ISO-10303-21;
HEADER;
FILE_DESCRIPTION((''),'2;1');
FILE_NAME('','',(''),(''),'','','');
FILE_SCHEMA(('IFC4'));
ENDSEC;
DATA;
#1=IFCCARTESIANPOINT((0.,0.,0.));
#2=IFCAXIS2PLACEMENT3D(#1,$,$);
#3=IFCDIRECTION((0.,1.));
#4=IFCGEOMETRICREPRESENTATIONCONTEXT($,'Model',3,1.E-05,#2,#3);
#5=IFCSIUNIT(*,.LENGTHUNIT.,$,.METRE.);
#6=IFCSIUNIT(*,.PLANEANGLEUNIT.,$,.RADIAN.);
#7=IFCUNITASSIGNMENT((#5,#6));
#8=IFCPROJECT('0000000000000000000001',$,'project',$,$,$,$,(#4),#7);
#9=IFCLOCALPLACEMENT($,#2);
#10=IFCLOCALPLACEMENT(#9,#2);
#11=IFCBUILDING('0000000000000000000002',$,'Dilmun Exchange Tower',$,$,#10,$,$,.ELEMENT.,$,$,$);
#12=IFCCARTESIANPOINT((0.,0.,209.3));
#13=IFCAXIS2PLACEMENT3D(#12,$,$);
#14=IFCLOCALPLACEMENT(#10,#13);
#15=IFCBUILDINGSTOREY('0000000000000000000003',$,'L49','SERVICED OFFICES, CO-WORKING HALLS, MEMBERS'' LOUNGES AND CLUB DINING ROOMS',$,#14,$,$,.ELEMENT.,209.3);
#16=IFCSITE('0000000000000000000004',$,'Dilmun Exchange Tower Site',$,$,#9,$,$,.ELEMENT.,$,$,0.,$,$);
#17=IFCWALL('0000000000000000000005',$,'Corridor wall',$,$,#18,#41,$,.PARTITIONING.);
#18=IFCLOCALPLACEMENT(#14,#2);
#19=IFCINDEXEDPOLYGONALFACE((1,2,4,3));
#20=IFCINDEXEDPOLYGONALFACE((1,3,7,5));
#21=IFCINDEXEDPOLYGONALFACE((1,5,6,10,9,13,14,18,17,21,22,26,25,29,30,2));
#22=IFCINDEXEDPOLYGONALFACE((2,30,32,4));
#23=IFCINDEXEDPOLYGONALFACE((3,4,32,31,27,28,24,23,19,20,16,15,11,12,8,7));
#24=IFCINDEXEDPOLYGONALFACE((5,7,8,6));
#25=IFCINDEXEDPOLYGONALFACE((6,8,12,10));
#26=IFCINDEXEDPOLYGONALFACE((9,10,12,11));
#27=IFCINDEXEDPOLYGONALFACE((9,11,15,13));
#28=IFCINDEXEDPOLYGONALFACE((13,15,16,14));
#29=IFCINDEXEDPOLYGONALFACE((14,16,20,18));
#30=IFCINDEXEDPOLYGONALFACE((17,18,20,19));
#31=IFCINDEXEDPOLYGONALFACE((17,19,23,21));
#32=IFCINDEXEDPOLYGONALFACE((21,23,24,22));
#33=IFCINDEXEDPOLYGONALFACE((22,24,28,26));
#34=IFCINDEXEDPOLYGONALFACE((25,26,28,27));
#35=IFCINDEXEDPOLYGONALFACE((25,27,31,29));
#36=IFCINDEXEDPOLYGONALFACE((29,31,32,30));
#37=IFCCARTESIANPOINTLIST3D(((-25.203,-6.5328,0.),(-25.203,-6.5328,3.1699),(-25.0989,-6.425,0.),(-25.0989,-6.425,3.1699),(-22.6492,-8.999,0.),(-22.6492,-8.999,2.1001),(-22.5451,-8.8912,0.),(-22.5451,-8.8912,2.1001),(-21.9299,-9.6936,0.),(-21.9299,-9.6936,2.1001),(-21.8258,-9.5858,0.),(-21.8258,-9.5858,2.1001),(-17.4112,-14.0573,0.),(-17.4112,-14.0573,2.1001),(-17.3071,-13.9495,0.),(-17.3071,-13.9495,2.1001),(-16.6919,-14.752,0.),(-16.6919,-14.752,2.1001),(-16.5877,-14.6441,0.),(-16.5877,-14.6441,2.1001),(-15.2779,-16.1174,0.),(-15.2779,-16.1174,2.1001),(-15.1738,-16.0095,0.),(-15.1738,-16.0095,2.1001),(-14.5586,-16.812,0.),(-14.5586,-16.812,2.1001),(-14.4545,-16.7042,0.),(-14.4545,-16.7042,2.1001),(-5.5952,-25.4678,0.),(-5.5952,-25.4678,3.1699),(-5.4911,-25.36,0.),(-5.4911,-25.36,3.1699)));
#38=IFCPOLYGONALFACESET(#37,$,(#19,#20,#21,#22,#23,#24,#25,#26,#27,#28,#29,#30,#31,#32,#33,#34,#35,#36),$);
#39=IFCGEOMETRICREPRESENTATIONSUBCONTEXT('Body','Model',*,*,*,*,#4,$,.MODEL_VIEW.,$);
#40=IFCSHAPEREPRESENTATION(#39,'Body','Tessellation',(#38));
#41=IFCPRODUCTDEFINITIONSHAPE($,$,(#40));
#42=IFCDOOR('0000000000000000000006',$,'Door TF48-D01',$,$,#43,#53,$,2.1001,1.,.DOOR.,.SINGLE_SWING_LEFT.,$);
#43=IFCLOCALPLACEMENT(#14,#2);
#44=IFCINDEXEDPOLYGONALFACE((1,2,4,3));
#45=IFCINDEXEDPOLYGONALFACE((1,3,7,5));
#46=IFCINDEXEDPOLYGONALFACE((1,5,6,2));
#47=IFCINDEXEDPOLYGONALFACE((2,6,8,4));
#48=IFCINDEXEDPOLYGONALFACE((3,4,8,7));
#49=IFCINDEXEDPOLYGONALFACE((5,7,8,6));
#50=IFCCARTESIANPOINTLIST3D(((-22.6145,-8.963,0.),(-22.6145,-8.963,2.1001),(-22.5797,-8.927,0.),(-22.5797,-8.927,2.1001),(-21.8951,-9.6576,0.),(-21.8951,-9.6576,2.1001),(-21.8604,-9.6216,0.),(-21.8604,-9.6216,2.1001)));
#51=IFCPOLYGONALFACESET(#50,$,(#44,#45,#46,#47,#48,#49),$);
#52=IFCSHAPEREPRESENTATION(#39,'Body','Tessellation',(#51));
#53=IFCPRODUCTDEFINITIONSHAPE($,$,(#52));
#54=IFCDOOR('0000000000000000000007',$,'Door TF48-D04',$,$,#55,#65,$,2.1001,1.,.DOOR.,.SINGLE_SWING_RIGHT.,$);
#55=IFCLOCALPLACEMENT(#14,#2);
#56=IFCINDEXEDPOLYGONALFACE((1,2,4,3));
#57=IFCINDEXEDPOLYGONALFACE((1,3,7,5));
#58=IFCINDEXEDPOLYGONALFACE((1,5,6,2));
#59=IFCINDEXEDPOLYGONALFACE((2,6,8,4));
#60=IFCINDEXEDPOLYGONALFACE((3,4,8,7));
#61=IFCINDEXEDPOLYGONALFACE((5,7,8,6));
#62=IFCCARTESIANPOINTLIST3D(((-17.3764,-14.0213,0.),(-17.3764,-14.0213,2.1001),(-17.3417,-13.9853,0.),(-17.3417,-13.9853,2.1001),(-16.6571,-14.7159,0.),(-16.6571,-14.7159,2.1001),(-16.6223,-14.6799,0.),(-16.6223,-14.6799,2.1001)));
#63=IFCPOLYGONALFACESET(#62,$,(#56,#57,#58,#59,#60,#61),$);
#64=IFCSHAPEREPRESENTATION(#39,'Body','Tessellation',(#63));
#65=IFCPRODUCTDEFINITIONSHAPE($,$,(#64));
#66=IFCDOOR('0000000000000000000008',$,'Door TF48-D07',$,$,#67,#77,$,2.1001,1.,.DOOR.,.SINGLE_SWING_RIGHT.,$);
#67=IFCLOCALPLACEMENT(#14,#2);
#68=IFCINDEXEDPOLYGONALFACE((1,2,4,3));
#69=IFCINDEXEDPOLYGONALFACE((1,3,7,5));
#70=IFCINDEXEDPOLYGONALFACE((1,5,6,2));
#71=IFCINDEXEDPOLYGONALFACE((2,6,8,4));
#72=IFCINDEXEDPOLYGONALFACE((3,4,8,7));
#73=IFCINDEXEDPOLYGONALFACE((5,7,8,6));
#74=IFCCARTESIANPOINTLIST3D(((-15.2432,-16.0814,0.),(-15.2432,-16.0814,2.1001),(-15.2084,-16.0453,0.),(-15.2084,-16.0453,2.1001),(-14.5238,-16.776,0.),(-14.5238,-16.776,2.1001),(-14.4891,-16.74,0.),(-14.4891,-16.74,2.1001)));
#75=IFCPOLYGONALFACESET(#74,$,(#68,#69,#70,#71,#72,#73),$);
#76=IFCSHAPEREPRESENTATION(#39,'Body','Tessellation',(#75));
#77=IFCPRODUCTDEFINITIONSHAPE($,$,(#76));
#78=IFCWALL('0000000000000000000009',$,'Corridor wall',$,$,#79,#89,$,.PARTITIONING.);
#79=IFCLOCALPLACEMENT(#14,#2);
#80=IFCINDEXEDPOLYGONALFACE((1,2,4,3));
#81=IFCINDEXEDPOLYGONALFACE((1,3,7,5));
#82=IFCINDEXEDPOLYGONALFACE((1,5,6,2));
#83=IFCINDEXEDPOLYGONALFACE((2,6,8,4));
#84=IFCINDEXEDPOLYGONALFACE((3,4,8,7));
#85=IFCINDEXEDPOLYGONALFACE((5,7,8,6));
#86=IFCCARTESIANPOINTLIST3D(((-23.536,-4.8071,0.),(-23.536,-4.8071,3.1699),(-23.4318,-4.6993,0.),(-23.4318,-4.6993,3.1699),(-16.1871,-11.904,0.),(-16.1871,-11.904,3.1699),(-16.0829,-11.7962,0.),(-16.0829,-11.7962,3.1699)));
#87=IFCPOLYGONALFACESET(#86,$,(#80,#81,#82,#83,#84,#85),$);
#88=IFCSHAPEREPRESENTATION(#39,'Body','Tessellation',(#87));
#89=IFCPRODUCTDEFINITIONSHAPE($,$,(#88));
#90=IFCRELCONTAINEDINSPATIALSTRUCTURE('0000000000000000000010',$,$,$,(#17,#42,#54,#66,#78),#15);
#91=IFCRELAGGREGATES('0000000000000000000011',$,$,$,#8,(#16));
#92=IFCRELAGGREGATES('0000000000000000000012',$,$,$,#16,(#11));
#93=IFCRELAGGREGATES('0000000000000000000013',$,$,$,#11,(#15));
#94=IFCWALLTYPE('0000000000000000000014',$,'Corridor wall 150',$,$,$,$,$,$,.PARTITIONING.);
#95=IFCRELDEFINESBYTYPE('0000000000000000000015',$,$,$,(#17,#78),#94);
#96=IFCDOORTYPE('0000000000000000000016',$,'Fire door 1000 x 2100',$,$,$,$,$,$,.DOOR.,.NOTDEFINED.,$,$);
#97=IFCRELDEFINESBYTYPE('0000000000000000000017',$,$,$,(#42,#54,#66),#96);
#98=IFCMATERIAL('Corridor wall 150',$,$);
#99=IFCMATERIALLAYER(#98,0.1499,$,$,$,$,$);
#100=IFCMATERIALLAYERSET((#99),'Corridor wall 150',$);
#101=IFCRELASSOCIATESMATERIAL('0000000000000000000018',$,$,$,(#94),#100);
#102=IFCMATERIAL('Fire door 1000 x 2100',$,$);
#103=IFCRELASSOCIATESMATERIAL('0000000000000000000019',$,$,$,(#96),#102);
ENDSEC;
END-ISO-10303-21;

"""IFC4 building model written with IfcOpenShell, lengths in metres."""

from ifc_helpers import new_model, si_unit, direction, frame, frame_2d, origin, place, context, subcontext, project, spatial, rectangle, extrude, material, layer, layer_set, type_object, element, fill, save


model = new_model("IFC4")

# Units and contexts
model_context = context("Model", 3, precision=1e-05, world=origin(), true_north=direction((0.0, 1.0)))
body_context = subcontext(model_context, "Body", "Model", "MODEL_VIEW")
ifc_project = project(units=[si_unit("LENGTHUNIT", "METRE"), si_unit("PLANEANGLEUNIT", "RADIAN")], contexts=[model_context])

# Site, building, storey
site_placement = place(None, origin())
site = spatial("IfcSite", under=ifc_project, at=site_placement, Name="Dilmun Exchange Tower Site", CompositionType="ELEMENT", RefElevation=0.0)
building_placement = place(site_placement, origin())
building = spatial("IfcBuilding", under=site, at=building_placement, Name="Dilmun Exchange Tower", CompositionType="ELEMENT")
storey_placement = place(building_placement, frame((0.0, 0.0, 209.3)))
storey = spatial("IfcBuildingStorey", under=building, at=storey_placement, Name="L49", Description="SERVICED OFFICES, CO-WORKING HALLS, MEMBERS' LOUNGES AND CLUB DINING ROOMS", CompositionType="ELEMENT", Elevation=209.3)

# Shared definitions
ifc_material_1 = material(Name="Corridor wall 150")
ifc_layer = layer(ifc_material_1, 0.1499)
ifc_layer_set = layer_set([ifc_layer], Name="Corridor wall 150")
wall_type = type_object("IfcWallType", Name="Corridor wall 150", PredefinedType="PARTITIONING", material=ifc_layer_set)
ifc_material_2 = material(Name="Fire door 1000 x 2100")
door_type_1 = type_object("IfcDoorType", Name="Fire door 1000 x 2100", OperationType="NOTDEFINED", PredefinedType="DOOR", material=ifc_material_2)

# Wall, openings, doors
wall_1_placement = place(storey_placement, frame((-25.1509, -6.479, 0.0), z_axis=(0.0, 0.0, 1.0), x_axis=(0.719341, -0.694657, 0.0)))
wall_1 = element("IfcWall", 1, at=wall_1_placement, inside=storey, type_object=wall_type, Name="Corridor wall", PredefinedType="PARTITIONING", context=body_context, shape_type="SweptSolid", body=[
    extrude(rectangle(XDim=27.2581, YDim=0.1499, at=frame_2d((13.6289, 0.0))), origin(), (0.0, 0.0, 1.0), 3.1699),
])
opening_1_placement = place(wall_1_placement, frame((3.55, 0.0, 0.0)))
opening_1 = element("IfcOpeningElement", 2, at=opening_1_placement, cuts=wall_1, PredefinedType="OPENING", context=body_context, shape_type="SweptSolid", body=[
    extrude(rectangle(XDim=1.0, YDim=2.1001, at=frame_2d((0.5, 1.05))), frame((0.0, 0.085, 0.0), z_axis=(0.0, -1.0, 0.0), x_axis=(1.0, 0.0, 0.0)), (0.0, 0.0, 1.0), 0.1699),
])
opening_2_placement = place(wall_1_placement, frame((10.8318, 0.0, 0.0)))
opening_2 = element("IfcOpeningElement", 3, at=opening_2_placement, cuts=wall_1, PredefinedType="OPENING", context=body_context, shape_type="SweptSolid", body=[
    extrude(rectangle(XDim=1.0, YDim=2.1001, at=frame_2d((0.5, 1.05))), frame((0.0, 0.085, 0.0), z_axis=(0.0, -1.0, 0.0), x_axis=(1.0, 0.0, 0.0)), (0.0, 0.0, 1.0), 0.1699),
])
opening_3_placement = place(wall_1_placement, frame((13.7974, 0.0, 0.0)))
opening_3 = element("IfcOpeningElement", 4, at=opening_3_placement, cuts=wall_1, PredefinedType="OPENING", context=body_context, shape_type="SweptSolid", body=[
    extrude(rectangle(XDim=1.0, YDim=2.1001, at=frame_2d((0.5, 1.05))), frame((0.0, 0.085, 0.0), z_axis=(0.0, -1.0, 0.0), x_axis=(1.0, 0.0, 0.0)), (0.0, 0.0, 1.0), 0.1699),
])
door_1_placement = place(opening_1_placement, frame((1.0, 0.0, 0.0), z_axis=(0.0, 0.0, 1.0), x_axis=(-1.0, 0.0, 0.0)))
door_1 = element("IfcDoor", 5, at=door_1_placement, inside=storey, type_object=door_type_1, Name="Door TF48-D01", OperationType="SINGLE_SWING_LEFT", OverallHeight=2.1001, OverallWidth=1.0, PredefinedType="DOOR", context=body_context, shape_type="SweptSolid", body=[
    extrude(rectangle(XDim=1.0, YDim=2.1001, at=frame_2d((0.5, 1.05))), frame((0.0, 0.0249, 0.0), z_axis=(0.0, -1.0, 0.0), x_axis=(1.0, 0.0, 0.0)), (0.0, 0.0, 1.0), 0.05),
])
fill(opening_1, door_1)
door_2_placement = place(opening_2_placement, frame((1.0, 0.0, 0.0), z_axis=(0.0, 0.0, 1.0), x_axis=(-1.0, 0.0, 0.0)))
door_2 = element("IfcDoor", 6, at=door_2_placement, inside=storey, type_object=door_type_1, Name="Door TF48-D04", OperationType="SINGLE_SWING_RIGHT", OverallHeight=2.1001, OverallWidth=1.0, PredefinedType="DOOR", context=body_context, shape_type="SweptSolid", body=[
    extrude(rectangle(XDim=1.0, YDim=2.1001, at=frame_2d((0.5, 1.05))), frame((0.0, 0.0249, 0.0), z_axis=(0.0, -1.0, 0.0), x_axis=(1.0, 0.0, 0.0)), (0.0, 0.0, 1.0), 0.05),
])
fill(opening_2, door_2)
door_3_placement = place(opening_3_placement, frame((1.0, 0.0, 0.0), z_axis=(0.0, 0.0, 1.0), x_axis=(-1.0, 0.0, 0.0)))
door_3 = element("IfcDoor", 7, at=door_3_placement, inside=storey, type_object=door_type_1, Name="Door TF48-D07", OperationType="SINGLE_SWING_RIGHT", OverallHeight=2.1001, OverallWidth=1.0, PredefinedType="DOOR", context=body_context, shape_type="SweptSolid", body=[
    extrude(rectangle(XDim=1.0, YDim=2.1001, at=frame_2d((0.5, 1.05))), frame((0.0, 0.0249, 0.0), z_axis=(0.0, -1.0, 0.0), x_axis=(1.0, 0.0, 0.0)), (0.0, 0.0, 1.0), 0.05),
])
fill(opening_3, door_3)

# Wall
wall_2_placement = place(storey_placement, frame((-23.4839, -4.7532, 0.0), z_axis=(0.0, 0.0, 1.0), x_axis=(0.71933, -0.694668, 0.0)))
element("IfcWall", 8, at=wall_2_placement, inside=storey, type_object=wall_type, Name="Corridor wall", PredefinedType="PARTITIONING", context=body_context, shape_type="SweptSolid", body=[
    extrude(rectangle(XDim=10.2163, YDim=0.1499, at=frame_2d((5.1082, 0.0))), origin(), (0.0, 0.0, 1.0), 3.1699),
])

save(model, "model.ifc")
